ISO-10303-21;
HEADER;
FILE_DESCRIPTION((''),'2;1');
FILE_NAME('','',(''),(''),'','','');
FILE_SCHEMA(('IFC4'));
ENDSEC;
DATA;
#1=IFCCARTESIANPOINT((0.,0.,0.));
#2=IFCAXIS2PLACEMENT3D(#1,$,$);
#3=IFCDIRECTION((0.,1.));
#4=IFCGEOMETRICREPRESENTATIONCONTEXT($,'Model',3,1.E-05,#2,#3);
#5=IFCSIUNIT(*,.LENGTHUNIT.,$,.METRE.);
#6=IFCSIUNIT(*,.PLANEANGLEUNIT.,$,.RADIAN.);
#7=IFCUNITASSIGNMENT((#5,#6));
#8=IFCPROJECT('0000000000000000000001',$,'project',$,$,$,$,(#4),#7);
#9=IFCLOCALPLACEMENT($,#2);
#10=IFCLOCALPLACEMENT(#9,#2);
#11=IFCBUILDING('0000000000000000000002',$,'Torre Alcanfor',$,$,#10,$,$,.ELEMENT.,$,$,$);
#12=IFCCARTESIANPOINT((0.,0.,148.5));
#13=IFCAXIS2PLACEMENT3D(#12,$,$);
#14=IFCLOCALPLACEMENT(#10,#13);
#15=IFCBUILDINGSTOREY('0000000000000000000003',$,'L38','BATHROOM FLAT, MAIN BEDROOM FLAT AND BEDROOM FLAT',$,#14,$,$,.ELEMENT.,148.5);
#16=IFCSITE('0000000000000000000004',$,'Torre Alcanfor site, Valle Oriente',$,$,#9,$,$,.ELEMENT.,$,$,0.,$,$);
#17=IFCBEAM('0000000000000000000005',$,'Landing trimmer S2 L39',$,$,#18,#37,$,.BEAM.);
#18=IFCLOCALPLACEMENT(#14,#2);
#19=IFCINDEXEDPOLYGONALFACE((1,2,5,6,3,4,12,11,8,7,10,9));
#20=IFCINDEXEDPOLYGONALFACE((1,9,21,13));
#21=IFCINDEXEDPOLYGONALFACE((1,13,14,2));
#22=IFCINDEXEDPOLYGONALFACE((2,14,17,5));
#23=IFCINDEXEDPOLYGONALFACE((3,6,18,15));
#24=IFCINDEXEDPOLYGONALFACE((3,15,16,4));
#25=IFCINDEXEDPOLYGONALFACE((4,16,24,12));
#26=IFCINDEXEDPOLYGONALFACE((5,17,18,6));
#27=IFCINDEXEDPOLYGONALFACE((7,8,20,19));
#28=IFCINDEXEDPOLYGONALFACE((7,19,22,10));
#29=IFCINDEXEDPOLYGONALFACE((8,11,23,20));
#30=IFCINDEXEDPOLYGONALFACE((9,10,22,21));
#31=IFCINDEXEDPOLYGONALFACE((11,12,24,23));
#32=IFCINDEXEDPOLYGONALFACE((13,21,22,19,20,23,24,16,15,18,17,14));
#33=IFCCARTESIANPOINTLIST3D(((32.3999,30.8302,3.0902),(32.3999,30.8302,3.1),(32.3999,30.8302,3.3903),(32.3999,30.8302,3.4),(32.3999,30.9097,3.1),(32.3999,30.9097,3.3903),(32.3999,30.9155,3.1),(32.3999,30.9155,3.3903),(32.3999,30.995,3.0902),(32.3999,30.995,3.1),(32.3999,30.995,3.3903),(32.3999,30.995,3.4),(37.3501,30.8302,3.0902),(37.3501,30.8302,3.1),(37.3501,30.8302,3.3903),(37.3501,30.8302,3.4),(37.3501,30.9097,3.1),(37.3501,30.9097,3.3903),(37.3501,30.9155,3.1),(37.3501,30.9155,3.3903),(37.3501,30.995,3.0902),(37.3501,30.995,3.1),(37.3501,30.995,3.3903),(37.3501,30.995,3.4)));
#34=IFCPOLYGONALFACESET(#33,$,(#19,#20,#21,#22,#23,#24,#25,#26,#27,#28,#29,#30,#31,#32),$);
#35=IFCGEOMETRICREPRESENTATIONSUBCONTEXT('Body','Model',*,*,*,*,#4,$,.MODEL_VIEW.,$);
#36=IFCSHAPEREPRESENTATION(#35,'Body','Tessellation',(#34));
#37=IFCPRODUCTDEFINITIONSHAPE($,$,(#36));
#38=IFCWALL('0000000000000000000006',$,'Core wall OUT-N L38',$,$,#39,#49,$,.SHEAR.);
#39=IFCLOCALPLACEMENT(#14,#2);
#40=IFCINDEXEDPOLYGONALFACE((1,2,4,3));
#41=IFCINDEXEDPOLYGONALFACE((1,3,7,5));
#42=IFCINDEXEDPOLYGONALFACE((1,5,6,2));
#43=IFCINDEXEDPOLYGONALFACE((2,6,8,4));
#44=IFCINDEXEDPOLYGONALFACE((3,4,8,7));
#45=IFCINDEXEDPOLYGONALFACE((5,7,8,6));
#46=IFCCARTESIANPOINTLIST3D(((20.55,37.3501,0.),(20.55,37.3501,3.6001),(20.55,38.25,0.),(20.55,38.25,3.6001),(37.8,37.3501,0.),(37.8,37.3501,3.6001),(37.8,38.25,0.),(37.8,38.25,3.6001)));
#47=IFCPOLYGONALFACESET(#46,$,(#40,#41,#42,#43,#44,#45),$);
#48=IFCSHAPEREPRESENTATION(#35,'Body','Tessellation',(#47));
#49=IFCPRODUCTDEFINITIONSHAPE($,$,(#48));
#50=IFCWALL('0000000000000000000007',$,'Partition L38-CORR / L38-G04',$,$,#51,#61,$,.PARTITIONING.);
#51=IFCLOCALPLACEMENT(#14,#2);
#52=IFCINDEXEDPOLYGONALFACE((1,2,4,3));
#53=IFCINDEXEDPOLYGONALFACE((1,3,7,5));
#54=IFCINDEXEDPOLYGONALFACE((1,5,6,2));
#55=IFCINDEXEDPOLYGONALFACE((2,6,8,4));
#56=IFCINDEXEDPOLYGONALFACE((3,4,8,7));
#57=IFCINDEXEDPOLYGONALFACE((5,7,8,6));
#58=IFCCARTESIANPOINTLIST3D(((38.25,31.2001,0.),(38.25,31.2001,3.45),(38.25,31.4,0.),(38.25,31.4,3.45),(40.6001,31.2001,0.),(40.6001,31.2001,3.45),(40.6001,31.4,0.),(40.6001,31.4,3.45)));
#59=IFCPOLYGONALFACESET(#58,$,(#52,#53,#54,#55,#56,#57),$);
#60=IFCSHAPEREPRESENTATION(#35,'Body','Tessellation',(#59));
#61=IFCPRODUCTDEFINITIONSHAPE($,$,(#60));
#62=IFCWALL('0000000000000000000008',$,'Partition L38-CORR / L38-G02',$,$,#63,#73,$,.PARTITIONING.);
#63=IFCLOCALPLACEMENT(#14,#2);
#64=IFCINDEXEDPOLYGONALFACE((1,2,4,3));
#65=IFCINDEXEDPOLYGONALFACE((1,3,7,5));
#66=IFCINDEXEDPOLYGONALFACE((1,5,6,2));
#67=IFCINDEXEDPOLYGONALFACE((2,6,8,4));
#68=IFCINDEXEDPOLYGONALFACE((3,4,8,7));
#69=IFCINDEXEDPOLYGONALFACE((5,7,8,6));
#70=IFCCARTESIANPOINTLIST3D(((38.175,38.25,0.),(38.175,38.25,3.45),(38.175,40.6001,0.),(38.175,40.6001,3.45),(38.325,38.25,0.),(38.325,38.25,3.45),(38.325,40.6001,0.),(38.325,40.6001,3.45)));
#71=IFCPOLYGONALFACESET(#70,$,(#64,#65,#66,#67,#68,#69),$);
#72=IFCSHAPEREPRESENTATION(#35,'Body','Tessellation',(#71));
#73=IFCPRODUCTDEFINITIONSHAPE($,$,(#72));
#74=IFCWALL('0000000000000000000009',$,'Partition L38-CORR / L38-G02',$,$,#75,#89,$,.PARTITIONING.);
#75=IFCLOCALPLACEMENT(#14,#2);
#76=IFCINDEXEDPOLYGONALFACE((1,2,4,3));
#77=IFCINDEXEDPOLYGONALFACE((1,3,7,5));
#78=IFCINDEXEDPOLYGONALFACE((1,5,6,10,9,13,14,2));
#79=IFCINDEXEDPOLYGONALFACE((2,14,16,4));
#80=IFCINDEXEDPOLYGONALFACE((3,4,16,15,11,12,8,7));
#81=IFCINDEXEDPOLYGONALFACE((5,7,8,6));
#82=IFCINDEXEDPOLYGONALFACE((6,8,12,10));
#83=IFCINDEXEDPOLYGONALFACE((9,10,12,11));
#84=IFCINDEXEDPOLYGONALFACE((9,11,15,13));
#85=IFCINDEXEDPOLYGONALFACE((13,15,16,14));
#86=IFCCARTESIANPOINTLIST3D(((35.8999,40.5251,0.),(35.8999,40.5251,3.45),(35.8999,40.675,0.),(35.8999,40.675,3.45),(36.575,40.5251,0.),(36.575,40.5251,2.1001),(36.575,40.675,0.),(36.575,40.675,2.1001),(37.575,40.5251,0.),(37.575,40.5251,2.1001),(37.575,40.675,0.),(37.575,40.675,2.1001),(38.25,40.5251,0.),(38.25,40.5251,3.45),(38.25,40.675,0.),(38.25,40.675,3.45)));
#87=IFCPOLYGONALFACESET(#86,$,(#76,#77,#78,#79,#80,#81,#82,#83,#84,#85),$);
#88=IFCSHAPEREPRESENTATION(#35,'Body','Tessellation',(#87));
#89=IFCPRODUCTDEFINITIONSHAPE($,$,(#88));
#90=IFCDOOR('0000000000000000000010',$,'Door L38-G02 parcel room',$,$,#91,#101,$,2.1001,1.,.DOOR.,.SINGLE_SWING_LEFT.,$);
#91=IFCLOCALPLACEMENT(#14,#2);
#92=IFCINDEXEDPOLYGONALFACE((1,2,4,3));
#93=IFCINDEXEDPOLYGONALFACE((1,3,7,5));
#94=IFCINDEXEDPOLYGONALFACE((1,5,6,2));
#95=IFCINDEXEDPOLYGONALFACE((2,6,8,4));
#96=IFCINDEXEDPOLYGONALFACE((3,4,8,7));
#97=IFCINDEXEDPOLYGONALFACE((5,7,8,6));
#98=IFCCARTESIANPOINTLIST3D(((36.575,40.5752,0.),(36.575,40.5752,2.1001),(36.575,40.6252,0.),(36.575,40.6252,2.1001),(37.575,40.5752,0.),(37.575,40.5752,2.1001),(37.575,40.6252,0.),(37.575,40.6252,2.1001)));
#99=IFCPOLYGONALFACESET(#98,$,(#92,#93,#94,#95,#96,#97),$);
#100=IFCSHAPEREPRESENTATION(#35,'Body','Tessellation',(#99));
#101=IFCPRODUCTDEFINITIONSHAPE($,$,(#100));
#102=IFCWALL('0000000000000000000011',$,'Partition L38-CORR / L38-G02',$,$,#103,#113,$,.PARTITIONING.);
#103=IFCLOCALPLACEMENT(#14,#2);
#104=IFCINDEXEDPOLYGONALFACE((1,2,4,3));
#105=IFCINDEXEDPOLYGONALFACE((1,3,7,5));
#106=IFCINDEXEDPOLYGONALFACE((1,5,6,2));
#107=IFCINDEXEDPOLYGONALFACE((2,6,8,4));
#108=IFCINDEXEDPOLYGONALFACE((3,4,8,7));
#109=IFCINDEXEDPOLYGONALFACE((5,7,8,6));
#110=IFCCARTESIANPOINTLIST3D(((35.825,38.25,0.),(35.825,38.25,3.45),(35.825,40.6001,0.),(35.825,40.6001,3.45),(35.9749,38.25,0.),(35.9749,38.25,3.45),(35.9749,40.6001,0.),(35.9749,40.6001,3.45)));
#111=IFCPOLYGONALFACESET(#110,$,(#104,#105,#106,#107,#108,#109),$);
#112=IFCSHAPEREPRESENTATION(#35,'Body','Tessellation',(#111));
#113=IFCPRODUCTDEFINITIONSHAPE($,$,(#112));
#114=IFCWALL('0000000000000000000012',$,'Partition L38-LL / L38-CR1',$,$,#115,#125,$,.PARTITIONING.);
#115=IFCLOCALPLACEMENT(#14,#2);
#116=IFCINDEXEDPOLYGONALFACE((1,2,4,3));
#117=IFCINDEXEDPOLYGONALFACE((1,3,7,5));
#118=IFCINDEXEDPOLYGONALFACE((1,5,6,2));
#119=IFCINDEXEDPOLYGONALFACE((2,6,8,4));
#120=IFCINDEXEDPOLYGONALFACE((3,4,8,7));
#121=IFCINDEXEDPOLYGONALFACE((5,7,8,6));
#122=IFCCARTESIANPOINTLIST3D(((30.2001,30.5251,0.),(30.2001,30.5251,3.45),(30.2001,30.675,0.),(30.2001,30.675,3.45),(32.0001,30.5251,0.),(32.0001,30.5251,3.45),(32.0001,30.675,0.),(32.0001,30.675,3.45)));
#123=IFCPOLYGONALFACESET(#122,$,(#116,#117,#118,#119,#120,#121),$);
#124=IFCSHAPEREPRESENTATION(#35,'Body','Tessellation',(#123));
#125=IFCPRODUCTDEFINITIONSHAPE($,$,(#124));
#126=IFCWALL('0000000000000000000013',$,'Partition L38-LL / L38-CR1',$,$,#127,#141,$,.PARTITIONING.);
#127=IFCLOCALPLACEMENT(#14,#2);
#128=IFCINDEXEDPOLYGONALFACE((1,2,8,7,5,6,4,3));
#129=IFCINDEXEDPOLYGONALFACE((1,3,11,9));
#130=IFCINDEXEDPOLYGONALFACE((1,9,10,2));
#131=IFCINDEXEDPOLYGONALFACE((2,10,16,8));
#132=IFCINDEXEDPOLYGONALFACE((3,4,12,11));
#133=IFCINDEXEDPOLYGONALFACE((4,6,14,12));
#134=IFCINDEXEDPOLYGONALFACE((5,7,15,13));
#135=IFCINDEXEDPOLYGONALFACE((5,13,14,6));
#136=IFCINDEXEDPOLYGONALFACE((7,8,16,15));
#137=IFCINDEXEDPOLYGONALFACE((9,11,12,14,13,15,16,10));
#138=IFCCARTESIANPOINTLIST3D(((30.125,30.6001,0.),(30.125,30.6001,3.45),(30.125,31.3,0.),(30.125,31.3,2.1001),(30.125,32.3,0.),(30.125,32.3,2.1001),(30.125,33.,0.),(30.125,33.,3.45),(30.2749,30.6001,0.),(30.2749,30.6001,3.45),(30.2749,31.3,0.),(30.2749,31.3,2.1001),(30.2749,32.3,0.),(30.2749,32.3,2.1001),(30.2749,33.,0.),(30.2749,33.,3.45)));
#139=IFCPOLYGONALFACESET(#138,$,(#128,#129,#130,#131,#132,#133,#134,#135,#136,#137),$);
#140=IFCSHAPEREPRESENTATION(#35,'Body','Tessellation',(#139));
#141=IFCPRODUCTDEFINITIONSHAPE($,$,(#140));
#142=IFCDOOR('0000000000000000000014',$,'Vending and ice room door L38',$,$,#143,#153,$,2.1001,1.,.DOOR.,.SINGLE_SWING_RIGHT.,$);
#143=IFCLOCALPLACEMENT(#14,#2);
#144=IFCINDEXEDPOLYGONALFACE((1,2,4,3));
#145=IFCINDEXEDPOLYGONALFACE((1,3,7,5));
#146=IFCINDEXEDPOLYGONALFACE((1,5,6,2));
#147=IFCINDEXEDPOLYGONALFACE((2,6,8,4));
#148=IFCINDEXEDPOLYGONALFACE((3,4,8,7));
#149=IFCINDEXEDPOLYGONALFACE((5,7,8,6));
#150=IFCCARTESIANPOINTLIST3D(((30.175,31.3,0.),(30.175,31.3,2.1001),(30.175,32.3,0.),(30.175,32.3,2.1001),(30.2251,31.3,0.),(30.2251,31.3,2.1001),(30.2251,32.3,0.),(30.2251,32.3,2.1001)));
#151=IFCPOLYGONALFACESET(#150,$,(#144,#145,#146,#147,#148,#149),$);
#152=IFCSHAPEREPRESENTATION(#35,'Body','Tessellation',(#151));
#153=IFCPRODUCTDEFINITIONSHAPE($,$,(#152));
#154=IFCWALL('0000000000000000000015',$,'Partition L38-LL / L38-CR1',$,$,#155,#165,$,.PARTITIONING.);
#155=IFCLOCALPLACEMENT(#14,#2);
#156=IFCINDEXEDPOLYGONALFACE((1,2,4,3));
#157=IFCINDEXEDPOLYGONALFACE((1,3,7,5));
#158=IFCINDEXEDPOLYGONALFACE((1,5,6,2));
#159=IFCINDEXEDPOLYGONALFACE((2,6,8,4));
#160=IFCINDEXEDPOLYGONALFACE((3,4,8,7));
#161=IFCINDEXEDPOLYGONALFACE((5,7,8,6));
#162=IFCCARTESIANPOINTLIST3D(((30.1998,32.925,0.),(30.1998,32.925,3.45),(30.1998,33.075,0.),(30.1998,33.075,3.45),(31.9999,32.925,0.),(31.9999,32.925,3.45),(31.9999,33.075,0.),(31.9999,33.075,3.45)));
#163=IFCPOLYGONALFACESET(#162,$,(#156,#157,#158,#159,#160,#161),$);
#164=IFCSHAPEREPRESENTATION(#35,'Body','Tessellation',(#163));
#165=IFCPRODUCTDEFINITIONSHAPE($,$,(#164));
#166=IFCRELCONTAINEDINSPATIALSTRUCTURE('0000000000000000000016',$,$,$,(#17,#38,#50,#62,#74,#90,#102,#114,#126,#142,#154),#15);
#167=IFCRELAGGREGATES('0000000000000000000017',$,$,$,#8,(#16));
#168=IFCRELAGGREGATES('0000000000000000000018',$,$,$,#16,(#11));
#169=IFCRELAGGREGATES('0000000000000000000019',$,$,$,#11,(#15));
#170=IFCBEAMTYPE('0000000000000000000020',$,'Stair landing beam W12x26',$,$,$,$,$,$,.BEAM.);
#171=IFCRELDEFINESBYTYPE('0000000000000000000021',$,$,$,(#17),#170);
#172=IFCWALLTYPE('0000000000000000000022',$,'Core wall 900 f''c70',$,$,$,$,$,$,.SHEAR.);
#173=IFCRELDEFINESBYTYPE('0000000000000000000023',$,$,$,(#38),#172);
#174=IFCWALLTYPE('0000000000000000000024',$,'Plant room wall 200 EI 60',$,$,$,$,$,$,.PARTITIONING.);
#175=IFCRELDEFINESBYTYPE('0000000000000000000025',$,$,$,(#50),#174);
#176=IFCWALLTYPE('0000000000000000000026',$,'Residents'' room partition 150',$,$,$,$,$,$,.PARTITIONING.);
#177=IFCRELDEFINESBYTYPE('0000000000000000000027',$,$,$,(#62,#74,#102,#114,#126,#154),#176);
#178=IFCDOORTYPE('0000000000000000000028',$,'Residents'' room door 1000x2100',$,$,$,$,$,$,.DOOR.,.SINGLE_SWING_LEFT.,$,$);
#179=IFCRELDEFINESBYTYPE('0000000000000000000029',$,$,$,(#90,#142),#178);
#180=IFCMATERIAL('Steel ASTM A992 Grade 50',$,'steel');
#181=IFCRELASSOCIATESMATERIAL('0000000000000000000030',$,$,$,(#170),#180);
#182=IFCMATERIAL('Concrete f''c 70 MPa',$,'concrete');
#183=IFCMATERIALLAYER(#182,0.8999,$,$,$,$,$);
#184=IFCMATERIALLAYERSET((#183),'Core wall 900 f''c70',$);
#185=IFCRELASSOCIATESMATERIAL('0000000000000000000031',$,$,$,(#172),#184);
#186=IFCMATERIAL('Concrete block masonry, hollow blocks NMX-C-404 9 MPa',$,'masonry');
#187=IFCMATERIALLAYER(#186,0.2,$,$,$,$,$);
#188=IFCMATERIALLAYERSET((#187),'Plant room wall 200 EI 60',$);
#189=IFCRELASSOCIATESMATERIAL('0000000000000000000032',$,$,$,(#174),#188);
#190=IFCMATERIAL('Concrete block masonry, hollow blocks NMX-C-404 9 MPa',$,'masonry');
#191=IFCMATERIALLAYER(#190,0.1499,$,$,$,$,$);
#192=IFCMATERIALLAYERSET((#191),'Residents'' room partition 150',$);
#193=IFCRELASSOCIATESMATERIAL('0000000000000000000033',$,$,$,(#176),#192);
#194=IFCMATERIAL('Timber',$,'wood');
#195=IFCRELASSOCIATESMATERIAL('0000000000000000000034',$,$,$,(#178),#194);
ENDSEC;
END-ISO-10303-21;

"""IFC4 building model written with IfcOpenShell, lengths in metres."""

from ifc_helpers import new_model, si_unit, direction, frame, frame_2d, origin, origin_2d, place, context, subcontext, project, spatial, rectangle, i_section, extrude, material, layer, layer_set, material_profile, profile_set, type_object, element, fill, save


model = new_model("IFC4")

# Units and contexts
model_context = context("Model", 3, precision=1e-05, world=origin(), true_north=direction((0.0, 1.0)))
body_context = subcontext(model_context, "Body", "Model", "MODEL_VIEW")
ifc_project = project(units=[si_unit("LENGTHUNIT", "METRE"), si_unit("PLANEANGLEUNIT", "RADIAN")], contexts=[model_context])

# Site, building, storey
site_placement = place(None, origin())
site = spatial("IfcSite", under=ifc_project, at=site_placement, Name="Torre Alcanfor site, Valle Oriente", CompositionType="ELEMENT", RefElevation=0.0)
building_placement = place(site_placement, origin())
building = spatial("IfcBuilding", under=site, at=building_placement, Name="Torre Alcanfor", CompositionType="ELEMENT")
storey_placement = place(building_placement, frame((0.0, 0.0, 148.5)))
storey = spatial("IfcBuildingStorey", under=building, at=storey_placement, Name="L38", Description="BATHROOM FLAT, MAIN BEDROOM FLAT AND BEDROOM FLAT", CompositionType="ELEMENT", Elevation=148.5)

# Beam
ifc_material_1 = material(Name="Steel ASTM A992 Grade 50", Category="steel")
ifc_material_profile_1 = material_profile(ifc_material_1, i_section(OverallWidth=0.1648, OverallDepth=0.3098, WebThickness=0.0059, FlangeThickness=0.0098, at=origin_2d()), Name="W12x26")
ifc_profile_set_1 = profile_set([ifc_material_profile_1], Name="Steel ASTM A992 Grade 50")
beam_type_1 = type_object("IfcBeamType", Name="Stair landing beam W12x26", PredefinedType="BEAM", material=ifc_profile_set_1)
beam_1_placement = place(storey_placement, frame((32.3999, 30.9126, 3.2451), z_axis=(1.0, 0.0, 0.0), x_axis=(0.0, 1.0, 0.0)))
element("IfcBeam", 1, at=beam_1_placement, inside=storey, type_object=beam_type_1, Name="Landing trimmer S2 L39", PredefinedType="BEAM", context=body_context, shape_type="SweptSolid", body=[
    extrude(i_section(OverallWidth=0.1648, OverallDepth=0.3098, WebThickness=0.0059, FlangeThickness=0.0098, at=origin_2d()), origin(), (0.0, 0.0, 1.0), 4.9502),
])

# Walls
ifc_material_2 = material(Name="Concrete f'c 70 MPa", Category="concrete")
ifc_layer_1 = layer(ifc_material_2, 0.8999)
ifc_layer_set_1 = layer_set([ifc_layer_1], Name="Core wall 900 f'c70")
wall_type_1 = type_object("IfcWallType", Name="Core wall 900 f'c70", PredefinedType="SHEAR", material=ifc_layer_set_1)
wall_1_placement = place(storey_placement, frame((37.8, 37.8, 0.0), z_axis=(0.0, 0.0, 1.0), x_axis=(-1.0, 0.0, 0.0)))
element("IfcWall", 2, at=wall_1_placement, inside=storey, type_object=wall_type_1, Name="Core wall OUT-N L38", PredefinedType="SHEAR", context=body_context, shape_type="SweptSolid", body=[
    extrude(rectangle(XDim=17.25, YDim=0.8999, at=frame_2d((8.625, 0.0))), origin(), (0.0, 0.0, 1.0), 3.6001),
])
ifc_material_3 = material(Name="Concrete block masonry, hollow blocks NMX-C-404 9 MPa", Category="masonry")
ifc_layer_2 = layer(ifc_material_3, 0.2)
ifc_layer_set_2 = layer_set([ifc_layer_2], Name="Plant room wall 200 EI 60")
wall_type_2 = type_object("IfcWallType", Name="Plant room wall 200 EI 60", PredefinedType="PARTITIONING", material=ifc_layer_set_2)
wall_2_placement = place(storey_placement, frame((40.6001, 31.3, 0.0), z_axis=(0.0, 0.0, 1.0), x_axis=(-1.0, 0.0, 0.0)))
element("IfcWall", 3, at=wall_2_placement, inside=storey, type_object=wall_type_2, Name="Partition L38-CORR / L38-G04", PredefinedType="PARTITIONING", context=body_context, shape_type="SweptSolid", body=[
    extrude(rectangle(XDim=2.3501, YDim=0.2, at=frame_2d((1.175, 0.0))), origin(), (0.0, 0.0, 1.0), 3.45),
])
ifc_material_4 = material(Name="Concrete block masonry, hollow blocks NMX-C-404 9 MPa", Category="masonry")
ifc_layer_3 = layer(ifc_material_4, 0.1499)
ifc_layer_set_3 = layer_set([ifc_layer_3], Name="Residents' room partition 150")
wall_type_3 = type_object("IfcWallType", Name="Residents' room partition 150", PredefinedType="PARTITIONING", material=ifc_layer_set_3)
wall_3_placement = place(storey_placement, frame((38.25, 38.25, 0.0), z_axis=(0.0, 0.0, 1.0), x_axis=(0.0, 1.0, 0.0)))
element("IfcWall", 4, at=wall_3_placement, inside=storey, type_object=wall_type_3, Name="Partition L38-CORR / L38-G02", PredefinedType="PARTITIONING", context=body_context, shape_type="SweptSolid", body=[
    extrude(rectangle(XDim=2.3501, YDim=0.1499, at=frame_2d((1.175, 0.0))), origin(), (0.0, 0.0, 1.0), 3.45),
])

# Wall, opening, door
wall_4_placement = place(storey_placement, frame((38.25, 40.6001, 0.0), z_axis=(0.0, 0.0, 1.0), x_axis=(-1.0, 0.0, 0.0)))
wall_4 = element("IfcWall", 5, at=wall_4_placement, inside=storey, type_object=wall_type_3, Name="Partition L38-CORR / L38-G02", PredefinedType="PARTITIONING", context=body_context, shape_type="SweptSolid", body=[
    extrude(rectangle(XDim=2.3501, YDim=0.1499, at=frame_2d((1.175, 0.0))), origin(), (0.0, 0.0, 1.0), 3.45),
])
opening_1_placement = place(wall_4_placement, frame((0.675, 0.0, 0.0)))
opening_1 = element("IfcOpeningElement", 6, at=opening_1_placement, cuts=wall_4, PredefinedType="OPENING", context=body_context, shape_type="SweptSolid", body=[
    extrude(rectangle(XDim=1.0, YDim=2.1001, at=frame_2d((0.5, 1.05))), frame((0.0, 0.085, 0.0), z_axis=(0.0, -1.0, 0.0), x_axis=(1.0, 0.0, 0.0)), (0.0, 0.0, 1.0), 0.1699),
])
ifc_material_5 = material(Name="Timber", Category="wood")
door_type = type_object("IfcDoorType", Name="Residents' room door 1000x2100", OperationType="SINGLE_SWING_LEFT", PredefinedType="DOOR", material=ifc_material_5)
door_1_placement = place(opening_1_placement, origin())
door_1 = element("IfcDoor", 7, at=door_1_placement, inside=storey, type_object=door_type, Name="Door L38-G02 parcel room", OperationType="SINGLE_SWING_LEFT", OverallHeight=2.1001, OverallWidth=1.0, PredefinedType="DOOR", context=body_context, shape_type="SweptSolid", body=[
    extrude(rectangle(XDim=1.0, YDim=2.1001, at=frame_2d((0.5, 1.05))), frame((0.0, 0.0249, 0.0), z_axis=(0.0, -1.0, 0.0), x_axis=(1.0, 0.0, 0.0)), (0.0, 0.0, 1.0), 0.05),
])
fill(opening_1, door_1)

# Walls
wall_5_placement = place(storey_placement, frame((35.8999, 40.6001, 0.0), z_axis=(0.0, 0.0, 1.0), x_axis=(0.0, -1.0, 0.0)))
element("IfcWall", 8, at=wall_5_placement, inside=storey, type_object=wall_type_3, Name="Partition L38-CORR / L38-G02", PredefinedType="PARTITIONING", context=body_context, shape_type="SweptSolid", body=[
    extrude(rectangle(XDim=2.3501, YDim=0.1499, at=frame_2d((1.175, 0.0))), origin(), (0.0, 0.0, 1.0), 3.45),
])
wall_6_placement = place(storey_placement, frame((32.0, 30.6001, 0.0), z_axis=(0.0, 0.0, 1.0), x_axis=(-1.0, 0.0, 0.0)))
element("IfcWall", 9, at=wall_6_placement, inside=storey, type_object=wall_type_3, Name="Partition L38-LL / L38-CR1", PredefinedType="PARTITIONING", context=body_context, shape_type="SweptSolid", body=[
    extrude(rectangle(XDim=1.8, YDim=0.1499, at=frame_2d((0.8999, 0.0))), origin(), (0.0, 0.0, 1.0), 3.45),
])

# Wall, opening, door
wall_7_placement = place(storey_placement, frame((30.2, 30.6001, 0.0), z_axis=(0.0, 0.0, 1.0), x_axis=(0.0, 1.0, 0.0)))
wall_7 = element("IfcWall", 10, at=wall_7_placement, inside=storey, type_object=wall_type_3, Name="Partition L38-LL / L38-CR1", PredefinedType="PARTITIONING", context=body_context, shape_type="SweptSolid", body=[
    extrude(rectangle(XDim=2.3999, YDim=0.1499, at=frame_2d((1.2, 0.0))), origin(), (0.0, 0.0, 1.0), 3.45),
])
opening_2_placement = place(wall_7_placement, frame((0.7, 0.0, 0.0)))
opening_2 = element("IfcOpeningElement", 11, at=opening_2_placement, cuts=wall_7, PredefinedType="OPENING", context=body_context, shape_type="SweptSolid", body=[
    extrude(rectangle(XDim=1.0, YDim=2.1001, at=frame_2d((0.5, 1.05))), frame((0.0, 0.085, 0.0), z_axis=(0.0, -1.0, 0.0), x_axis=(1.0, 0.0, 0.0)), (0.0, 0.0, 1.0), 0.1699),
])
door_2_placement = place(opening_2_placement, frame((1.0, 0.0, 0.0), z_axis=(0.0, 0.0, 1.0), x_axis=(-1.0, 0.0, 0.0)))
door_2 = element("IfcDoor", 12, at=door_2_placement, inside=storey, type_object=door_type, Name="Vending and ice room door L38", OperationType="SINGLE_SWING_RIGHT", OverallHeight=2.1001, OverallWidth=1.0, PredefinedType="DOOR", context=body_context, shape_type="SweptSolid", body=[
    extrude(rectangle(XDim=1.0, YDim=2.1001, at=frame_2d((0.5, 1.05))), frame((0.0, 0.0251, 0.0), z_axis=(0.0, -1.0, 0.0), x_axis=(1.0, 0.0, 0.0)), (0.0, 0.0, 1.0), 0.05),
])
fill(opening_2, door_2)

# Wall
wall_8_placement = place(storey_placement, frame((30.2, 33.0, 0.0), z_axis=(0.0, 0.0, 1.0), x_axis=(1.0, 0.0, 0.0)))
element("IfcWall", 13, at=wall_8_placement, inside=storey, type_object=wall_type_3, Name="Partition L38-LL / L38-CR1", PredefinedType="PARTITIONING", context=body_context, shape_type="SweptSolid", body=[
    extrude(rectangle(XDim=1.8, YDim=0.1499, at=frame_2d((0.8999, 0.0))), origin(), (0.0, 0.0, 1.0), 3.45),
])

save(model, "model.ifc")
